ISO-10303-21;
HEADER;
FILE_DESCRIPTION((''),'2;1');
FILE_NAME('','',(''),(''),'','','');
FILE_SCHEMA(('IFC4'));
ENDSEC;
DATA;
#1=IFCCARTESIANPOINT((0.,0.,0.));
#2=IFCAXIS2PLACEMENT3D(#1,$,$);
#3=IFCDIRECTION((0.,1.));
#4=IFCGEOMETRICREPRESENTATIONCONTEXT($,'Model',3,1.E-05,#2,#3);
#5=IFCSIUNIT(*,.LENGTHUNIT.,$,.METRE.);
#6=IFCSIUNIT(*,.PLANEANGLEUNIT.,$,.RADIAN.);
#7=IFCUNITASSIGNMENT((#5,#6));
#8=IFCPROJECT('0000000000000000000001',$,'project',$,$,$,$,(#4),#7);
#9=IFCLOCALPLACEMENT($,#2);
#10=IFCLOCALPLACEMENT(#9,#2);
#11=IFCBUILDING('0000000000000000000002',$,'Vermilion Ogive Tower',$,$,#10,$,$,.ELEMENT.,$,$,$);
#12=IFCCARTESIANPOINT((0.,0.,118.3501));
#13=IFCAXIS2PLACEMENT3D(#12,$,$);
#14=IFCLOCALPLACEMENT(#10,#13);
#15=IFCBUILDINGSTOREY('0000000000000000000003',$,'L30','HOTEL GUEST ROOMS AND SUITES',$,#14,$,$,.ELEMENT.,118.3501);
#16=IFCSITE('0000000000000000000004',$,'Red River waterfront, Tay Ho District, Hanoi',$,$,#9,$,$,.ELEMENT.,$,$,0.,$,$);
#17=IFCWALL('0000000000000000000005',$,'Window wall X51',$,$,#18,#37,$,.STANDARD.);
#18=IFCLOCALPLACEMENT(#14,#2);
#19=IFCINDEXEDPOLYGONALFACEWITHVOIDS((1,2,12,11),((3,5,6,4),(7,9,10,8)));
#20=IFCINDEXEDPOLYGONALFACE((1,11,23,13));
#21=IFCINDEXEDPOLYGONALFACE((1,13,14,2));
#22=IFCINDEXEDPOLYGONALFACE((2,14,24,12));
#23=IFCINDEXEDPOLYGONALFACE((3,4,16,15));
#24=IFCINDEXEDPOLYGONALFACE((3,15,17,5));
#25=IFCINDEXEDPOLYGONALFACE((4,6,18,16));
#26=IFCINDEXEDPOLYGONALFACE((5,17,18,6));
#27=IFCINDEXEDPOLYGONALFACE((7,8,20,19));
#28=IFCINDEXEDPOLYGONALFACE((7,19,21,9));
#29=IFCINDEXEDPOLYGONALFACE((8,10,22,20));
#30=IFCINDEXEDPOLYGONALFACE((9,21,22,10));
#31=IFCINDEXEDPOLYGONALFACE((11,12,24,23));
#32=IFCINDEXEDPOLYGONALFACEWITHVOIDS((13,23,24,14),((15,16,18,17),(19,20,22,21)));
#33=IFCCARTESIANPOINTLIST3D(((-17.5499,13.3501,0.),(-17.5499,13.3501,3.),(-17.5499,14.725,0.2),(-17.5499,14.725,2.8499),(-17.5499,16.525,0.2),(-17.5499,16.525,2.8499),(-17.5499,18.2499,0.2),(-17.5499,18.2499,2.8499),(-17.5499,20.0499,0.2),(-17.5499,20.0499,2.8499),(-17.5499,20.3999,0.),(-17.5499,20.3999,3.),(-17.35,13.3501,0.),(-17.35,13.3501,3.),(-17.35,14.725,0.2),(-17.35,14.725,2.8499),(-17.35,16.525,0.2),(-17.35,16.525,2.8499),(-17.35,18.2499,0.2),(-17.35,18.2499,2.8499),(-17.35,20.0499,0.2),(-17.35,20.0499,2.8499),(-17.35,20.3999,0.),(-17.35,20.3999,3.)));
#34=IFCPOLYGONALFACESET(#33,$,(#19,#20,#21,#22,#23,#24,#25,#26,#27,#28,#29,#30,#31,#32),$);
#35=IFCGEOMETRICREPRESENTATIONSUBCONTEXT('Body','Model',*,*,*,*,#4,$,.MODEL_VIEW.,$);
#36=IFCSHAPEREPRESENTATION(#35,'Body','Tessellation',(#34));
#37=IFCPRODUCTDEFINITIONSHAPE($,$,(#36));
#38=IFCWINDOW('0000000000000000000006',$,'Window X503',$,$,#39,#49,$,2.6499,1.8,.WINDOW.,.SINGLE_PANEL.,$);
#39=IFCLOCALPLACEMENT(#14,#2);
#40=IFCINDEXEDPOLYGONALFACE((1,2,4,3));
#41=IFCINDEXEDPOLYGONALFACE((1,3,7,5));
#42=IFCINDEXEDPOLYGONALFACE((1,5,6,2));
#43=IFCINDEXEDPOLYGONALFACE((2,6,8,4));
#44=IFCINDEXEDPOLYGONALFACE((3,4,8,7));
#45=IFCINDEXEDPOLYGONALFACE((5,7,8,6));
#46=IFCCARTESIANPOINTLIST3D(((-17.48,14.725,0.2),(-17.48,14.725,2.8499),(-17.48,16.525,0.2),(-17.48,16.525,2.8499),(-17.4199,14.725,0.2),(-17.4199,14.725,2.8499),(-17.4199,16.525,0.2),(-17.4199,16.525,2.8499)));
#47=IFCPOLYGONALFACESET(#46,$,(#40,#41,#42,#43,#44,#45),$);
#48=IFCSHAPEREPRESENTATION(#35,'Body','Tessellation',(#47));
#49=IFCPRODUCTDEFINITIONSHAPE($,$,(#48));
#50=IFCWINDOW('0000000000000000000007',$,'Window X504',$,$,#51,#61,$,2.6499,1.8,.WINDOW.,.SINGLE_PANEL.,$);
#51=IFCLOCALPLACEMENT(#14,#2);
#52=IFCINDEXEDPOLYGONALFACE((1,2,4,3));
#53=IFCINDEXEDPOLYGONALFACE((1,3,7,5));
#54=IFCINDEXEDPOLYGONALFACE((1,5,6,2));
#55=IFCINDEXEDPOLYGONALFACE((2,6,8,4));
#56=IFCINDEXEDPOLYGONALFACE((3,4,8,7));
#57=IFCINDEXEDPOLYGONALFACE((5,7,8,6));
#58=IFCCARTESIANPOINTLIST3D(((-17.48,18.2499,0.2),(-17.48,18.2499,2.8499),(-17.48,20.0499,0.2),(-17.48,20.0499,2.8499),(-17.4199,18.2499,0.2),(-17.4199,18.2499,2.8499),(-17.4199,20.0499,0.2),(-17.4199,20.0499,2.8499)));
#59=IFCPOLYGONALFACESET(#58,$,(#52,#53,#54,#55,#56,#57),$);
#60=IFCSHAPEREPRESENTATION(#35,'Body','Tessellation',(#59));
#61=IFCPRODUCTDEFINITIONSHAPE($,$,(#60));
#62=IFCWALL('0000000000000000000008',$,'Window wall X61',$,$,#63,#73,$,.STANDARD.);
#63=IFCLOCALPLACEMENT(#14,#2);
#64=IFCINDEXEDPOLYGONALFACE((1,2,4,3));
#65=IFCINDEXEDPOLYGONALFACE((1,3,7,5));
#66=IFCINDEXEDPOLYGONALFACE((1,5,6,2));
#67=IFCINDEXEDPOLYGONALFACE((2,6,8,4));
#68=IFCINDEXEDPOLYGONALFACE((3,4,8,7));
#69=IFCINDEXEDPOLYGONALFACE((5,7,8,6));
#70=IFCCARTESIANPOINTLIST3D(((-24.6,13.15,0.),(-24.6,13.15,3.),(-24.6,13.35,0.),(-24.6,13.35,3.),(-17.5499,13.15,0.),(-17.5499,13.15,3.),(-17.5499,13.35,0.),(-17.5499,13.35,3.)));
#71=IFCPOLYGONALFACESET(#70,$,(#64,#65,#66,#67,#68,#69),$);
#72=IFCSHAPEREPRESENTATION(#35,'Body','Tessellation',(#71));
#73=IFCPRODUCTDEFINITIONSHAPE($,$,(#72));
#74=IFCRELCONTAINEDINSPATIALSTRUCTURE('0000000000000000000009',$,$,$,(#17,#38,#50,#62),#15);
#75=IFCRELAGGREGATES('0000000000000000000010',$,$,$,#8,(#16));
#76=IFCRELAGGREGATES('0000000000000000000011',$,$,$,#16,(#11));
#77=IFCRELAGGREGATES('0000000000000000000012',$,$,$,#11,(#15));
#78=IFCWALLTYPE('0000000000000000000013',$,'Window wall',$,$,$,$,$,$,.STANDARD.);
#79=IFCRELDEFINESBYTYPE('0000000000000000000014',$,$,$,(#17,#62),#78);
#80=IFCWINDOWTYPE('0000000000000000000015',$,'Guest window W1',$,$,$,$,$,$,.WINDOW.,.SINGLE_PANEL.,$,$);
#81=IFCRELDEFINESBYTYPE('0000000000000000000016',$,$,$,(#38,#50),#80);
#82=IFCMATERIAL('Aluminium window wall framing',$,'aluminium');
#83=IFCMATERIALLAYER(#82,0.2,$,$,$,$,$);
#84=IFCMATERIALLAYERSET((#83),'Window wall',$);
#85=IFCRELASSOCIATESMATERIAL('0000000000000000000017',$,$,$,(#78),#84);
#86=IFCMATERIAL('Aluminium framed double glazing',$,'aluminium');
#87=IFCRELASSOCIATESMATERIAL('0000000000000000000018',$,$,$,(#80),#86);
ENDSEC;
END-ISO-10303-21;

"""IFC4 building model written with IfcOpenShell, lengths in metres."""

from ifc_helpers import new_model, si_unit, direction, frame, frame_2d, origin, place, context, subcontext, project, spatial, rectangle, extrude, material, layer, layer_set, type_object, element, fill, save


model = new_model("IFC4")

# Units and contexts
model_context = context("Model", 3, precision=1e-05, world=origin(), true_north=direction((0.0, 1.0)))
body_context = subcontext(model_context, "Body", "Model", "MODEL_VIEW")
ifc_project = project(units=[si_unit("LENGTHUNIT", "METRE"), si_unit("PLANEANGLEUNIT", "RADIAN")], contexts=[model_context])

# Site, building, storey
site_placement = place(None, origin())
site = spatial("IfcSite", under=ifc_project, at=site_placement, Name="Red River waterfront, Tay Ho District, Hanoi", CompositionType="ELEMENT", RefElevation=0.0)
building_placement = place(site_placement, origin())
building = spatial("IfcBuilding", under=site, at=building_placement, Name="Vermilion Ogive Tower", CompositionType="ELEMENT")
storey_placement = place(building_placement, frame((0.0, 0.0, 118.3501)))
storey = spatial("IfcBuildingStorey", under=building, at=storey_placement, Name="L30", Description="HOTEL GUEST ROOMS AND SUITES", CompositionType="ELEMENT", Elevation=118.3501)

# Wall, openings, windows
ifc_material_1 = material(Name="Aluminium window wall framing", Category="aluminium")
ifc_layer_1 = layer(ifc_material_1, 0.2)
ifc_layer_set_1 = layer_set([ifc_layer_1], Name="Window wall")
wall_type_1 = type_object("IfcWallType", Name="Window wall", PredefinedType="STANDARD", material=ifc_layer_set_1)
wall_1_placement = place(storey_placement, frame((-17.45, 20.3999, 0.0), z_axis=(0.0, 0.0, 1.0), x_axis=(0.0, -1.0, 0.0)))
wall_1 = element("IfcWall", 1, at=wall_1_placement, inside=storey, type_object=wall_type_1, Name="Window wall X51", PredefinedType="STANDARD", context=body_context, shape_type="SweptSolid", body=[
    extrude(rectangle(XDim=7.0498, YDim=0.2, at=frame_2d((3.5249, 0.0))), origin(), (0.0, 0.0, 1.0), 3.0),
])
opening_1_placement = place(wall_1_placement, frame((3.875, 0.0, 0.2)))
opening_1 = element("IfcOpeningElement", 2, at=opening_1_placement, cuts=wall_1, PredefinedType="OPENING", context=body_context, shape_type="SweptSolid", body=[
    extrude(rectangle(XDim=1.8, YDim=2.6499, at=frame_2d((0.8999, 1.325))), frame((0.0, 0.1099, 0.0), z_axis=(0.0, -1.0, 0.0), x_axis=(1.0, 0.0, 0.0)), (0.0, 0.0, 1.0), 0.22),
])
opening_2_placement = place(wall_1_placement, frame((0.3501, 0.0, 0.2)))
opening_2 = element("IfcOpeningElement", 3, at=opening_2_placement, cuts=wall_1, PredefinedType="OPENING", context=body_context, shape_type="SweptSolid", body=[
    extrude(rectangle(XDim=1.8, YDim=2.6499, at=frame_2d((0.8999, 1.325))), frame((0.0, 0.1099, 0.0), z_axis=(0.0, -1.0, 0.0), x_axis=(1.0, 0.0, 0.0)), (0.0, 0.0, 1.0), 0.22),
])
ifc_material_2 = material(Name="Aluminium framed double glazing", Category="aluminium")
window_type = type_object("IfcWindowType", Name="Guest window W1", PartitioningType="SINGLE_PANEL", PredefinedType="WINDOW", material=ifc_material_2)
window_1_placement = place(opening_1_placement, origin())
window_1 = element("IfcWindow", 4, at=window_1_placement, inside=storey, type_object=window_type, Name="Window X503", OverallHeight=2.6499, OverallWidth=1.8, PartitioningType="SINGLE_PANEL", PredefinedType="WINDOW", context=body_context, shape_type="SweptSolid", body=[
    extrude(rectangle(XDim=1.8, YDim=2.6499, at=frame_2d((0.8999, 1.325))), frame((0.0, 0.03, 0.0), z_axis=(0.0, -1.0, 0.0), x_axis=(1.0, 0.0, 0.0)), (0.0, 0.0, 1.0), 0.0601),
])
fill(opening_1, window_1)
window_2_placement = place(opening_2_placement, origin())
window_2 = element("IfcWindow", 5, at=window_2_placement, inside=storey, type_object=window_type, Name="Window X504", OverallHeight=2.6499, OverallWidth=1.8, PartitioningType="SINGLE_PANEL", PredefinedType="WINDOW", context=body_context, shape_type="SweptSolid", body=[
    extrude(rectangle(XDim=1.8, YDim=2.6499, at=frame_2d((0.8999, 1.325))), frame((0.0, 0.03, 0.0), z_axis=(0.0, -1.0, 0.0), x_axis=(1.0, 0.0, 0.0)), (0.0, 0.0, 1.0), 0.0601),
])
fill(opening_2, window_2)

# Wall
wall_2_placement = place(storey_placement, frame((-17.55, 13.25, 0.0), z_axis=(0.0, 0.0, 1.0), x_axis=(-1.0, 0.0, 0.0)))
element("IfcWall", 6, at=wall_2_placement, inside=storey, type_object=wall_type_1, Name="Window wall X61", PredefinedType="STANDARD", context=body_context, shape_type="SweptSolid", body=[
    extrude(rectangle(XDim=7.05, YDim=0.2, at=frame_2d((3.5249, 0.0))), origin(), (0.0, 0.0, 1.0), 3.0),
])

save(model, "model.ifc")
